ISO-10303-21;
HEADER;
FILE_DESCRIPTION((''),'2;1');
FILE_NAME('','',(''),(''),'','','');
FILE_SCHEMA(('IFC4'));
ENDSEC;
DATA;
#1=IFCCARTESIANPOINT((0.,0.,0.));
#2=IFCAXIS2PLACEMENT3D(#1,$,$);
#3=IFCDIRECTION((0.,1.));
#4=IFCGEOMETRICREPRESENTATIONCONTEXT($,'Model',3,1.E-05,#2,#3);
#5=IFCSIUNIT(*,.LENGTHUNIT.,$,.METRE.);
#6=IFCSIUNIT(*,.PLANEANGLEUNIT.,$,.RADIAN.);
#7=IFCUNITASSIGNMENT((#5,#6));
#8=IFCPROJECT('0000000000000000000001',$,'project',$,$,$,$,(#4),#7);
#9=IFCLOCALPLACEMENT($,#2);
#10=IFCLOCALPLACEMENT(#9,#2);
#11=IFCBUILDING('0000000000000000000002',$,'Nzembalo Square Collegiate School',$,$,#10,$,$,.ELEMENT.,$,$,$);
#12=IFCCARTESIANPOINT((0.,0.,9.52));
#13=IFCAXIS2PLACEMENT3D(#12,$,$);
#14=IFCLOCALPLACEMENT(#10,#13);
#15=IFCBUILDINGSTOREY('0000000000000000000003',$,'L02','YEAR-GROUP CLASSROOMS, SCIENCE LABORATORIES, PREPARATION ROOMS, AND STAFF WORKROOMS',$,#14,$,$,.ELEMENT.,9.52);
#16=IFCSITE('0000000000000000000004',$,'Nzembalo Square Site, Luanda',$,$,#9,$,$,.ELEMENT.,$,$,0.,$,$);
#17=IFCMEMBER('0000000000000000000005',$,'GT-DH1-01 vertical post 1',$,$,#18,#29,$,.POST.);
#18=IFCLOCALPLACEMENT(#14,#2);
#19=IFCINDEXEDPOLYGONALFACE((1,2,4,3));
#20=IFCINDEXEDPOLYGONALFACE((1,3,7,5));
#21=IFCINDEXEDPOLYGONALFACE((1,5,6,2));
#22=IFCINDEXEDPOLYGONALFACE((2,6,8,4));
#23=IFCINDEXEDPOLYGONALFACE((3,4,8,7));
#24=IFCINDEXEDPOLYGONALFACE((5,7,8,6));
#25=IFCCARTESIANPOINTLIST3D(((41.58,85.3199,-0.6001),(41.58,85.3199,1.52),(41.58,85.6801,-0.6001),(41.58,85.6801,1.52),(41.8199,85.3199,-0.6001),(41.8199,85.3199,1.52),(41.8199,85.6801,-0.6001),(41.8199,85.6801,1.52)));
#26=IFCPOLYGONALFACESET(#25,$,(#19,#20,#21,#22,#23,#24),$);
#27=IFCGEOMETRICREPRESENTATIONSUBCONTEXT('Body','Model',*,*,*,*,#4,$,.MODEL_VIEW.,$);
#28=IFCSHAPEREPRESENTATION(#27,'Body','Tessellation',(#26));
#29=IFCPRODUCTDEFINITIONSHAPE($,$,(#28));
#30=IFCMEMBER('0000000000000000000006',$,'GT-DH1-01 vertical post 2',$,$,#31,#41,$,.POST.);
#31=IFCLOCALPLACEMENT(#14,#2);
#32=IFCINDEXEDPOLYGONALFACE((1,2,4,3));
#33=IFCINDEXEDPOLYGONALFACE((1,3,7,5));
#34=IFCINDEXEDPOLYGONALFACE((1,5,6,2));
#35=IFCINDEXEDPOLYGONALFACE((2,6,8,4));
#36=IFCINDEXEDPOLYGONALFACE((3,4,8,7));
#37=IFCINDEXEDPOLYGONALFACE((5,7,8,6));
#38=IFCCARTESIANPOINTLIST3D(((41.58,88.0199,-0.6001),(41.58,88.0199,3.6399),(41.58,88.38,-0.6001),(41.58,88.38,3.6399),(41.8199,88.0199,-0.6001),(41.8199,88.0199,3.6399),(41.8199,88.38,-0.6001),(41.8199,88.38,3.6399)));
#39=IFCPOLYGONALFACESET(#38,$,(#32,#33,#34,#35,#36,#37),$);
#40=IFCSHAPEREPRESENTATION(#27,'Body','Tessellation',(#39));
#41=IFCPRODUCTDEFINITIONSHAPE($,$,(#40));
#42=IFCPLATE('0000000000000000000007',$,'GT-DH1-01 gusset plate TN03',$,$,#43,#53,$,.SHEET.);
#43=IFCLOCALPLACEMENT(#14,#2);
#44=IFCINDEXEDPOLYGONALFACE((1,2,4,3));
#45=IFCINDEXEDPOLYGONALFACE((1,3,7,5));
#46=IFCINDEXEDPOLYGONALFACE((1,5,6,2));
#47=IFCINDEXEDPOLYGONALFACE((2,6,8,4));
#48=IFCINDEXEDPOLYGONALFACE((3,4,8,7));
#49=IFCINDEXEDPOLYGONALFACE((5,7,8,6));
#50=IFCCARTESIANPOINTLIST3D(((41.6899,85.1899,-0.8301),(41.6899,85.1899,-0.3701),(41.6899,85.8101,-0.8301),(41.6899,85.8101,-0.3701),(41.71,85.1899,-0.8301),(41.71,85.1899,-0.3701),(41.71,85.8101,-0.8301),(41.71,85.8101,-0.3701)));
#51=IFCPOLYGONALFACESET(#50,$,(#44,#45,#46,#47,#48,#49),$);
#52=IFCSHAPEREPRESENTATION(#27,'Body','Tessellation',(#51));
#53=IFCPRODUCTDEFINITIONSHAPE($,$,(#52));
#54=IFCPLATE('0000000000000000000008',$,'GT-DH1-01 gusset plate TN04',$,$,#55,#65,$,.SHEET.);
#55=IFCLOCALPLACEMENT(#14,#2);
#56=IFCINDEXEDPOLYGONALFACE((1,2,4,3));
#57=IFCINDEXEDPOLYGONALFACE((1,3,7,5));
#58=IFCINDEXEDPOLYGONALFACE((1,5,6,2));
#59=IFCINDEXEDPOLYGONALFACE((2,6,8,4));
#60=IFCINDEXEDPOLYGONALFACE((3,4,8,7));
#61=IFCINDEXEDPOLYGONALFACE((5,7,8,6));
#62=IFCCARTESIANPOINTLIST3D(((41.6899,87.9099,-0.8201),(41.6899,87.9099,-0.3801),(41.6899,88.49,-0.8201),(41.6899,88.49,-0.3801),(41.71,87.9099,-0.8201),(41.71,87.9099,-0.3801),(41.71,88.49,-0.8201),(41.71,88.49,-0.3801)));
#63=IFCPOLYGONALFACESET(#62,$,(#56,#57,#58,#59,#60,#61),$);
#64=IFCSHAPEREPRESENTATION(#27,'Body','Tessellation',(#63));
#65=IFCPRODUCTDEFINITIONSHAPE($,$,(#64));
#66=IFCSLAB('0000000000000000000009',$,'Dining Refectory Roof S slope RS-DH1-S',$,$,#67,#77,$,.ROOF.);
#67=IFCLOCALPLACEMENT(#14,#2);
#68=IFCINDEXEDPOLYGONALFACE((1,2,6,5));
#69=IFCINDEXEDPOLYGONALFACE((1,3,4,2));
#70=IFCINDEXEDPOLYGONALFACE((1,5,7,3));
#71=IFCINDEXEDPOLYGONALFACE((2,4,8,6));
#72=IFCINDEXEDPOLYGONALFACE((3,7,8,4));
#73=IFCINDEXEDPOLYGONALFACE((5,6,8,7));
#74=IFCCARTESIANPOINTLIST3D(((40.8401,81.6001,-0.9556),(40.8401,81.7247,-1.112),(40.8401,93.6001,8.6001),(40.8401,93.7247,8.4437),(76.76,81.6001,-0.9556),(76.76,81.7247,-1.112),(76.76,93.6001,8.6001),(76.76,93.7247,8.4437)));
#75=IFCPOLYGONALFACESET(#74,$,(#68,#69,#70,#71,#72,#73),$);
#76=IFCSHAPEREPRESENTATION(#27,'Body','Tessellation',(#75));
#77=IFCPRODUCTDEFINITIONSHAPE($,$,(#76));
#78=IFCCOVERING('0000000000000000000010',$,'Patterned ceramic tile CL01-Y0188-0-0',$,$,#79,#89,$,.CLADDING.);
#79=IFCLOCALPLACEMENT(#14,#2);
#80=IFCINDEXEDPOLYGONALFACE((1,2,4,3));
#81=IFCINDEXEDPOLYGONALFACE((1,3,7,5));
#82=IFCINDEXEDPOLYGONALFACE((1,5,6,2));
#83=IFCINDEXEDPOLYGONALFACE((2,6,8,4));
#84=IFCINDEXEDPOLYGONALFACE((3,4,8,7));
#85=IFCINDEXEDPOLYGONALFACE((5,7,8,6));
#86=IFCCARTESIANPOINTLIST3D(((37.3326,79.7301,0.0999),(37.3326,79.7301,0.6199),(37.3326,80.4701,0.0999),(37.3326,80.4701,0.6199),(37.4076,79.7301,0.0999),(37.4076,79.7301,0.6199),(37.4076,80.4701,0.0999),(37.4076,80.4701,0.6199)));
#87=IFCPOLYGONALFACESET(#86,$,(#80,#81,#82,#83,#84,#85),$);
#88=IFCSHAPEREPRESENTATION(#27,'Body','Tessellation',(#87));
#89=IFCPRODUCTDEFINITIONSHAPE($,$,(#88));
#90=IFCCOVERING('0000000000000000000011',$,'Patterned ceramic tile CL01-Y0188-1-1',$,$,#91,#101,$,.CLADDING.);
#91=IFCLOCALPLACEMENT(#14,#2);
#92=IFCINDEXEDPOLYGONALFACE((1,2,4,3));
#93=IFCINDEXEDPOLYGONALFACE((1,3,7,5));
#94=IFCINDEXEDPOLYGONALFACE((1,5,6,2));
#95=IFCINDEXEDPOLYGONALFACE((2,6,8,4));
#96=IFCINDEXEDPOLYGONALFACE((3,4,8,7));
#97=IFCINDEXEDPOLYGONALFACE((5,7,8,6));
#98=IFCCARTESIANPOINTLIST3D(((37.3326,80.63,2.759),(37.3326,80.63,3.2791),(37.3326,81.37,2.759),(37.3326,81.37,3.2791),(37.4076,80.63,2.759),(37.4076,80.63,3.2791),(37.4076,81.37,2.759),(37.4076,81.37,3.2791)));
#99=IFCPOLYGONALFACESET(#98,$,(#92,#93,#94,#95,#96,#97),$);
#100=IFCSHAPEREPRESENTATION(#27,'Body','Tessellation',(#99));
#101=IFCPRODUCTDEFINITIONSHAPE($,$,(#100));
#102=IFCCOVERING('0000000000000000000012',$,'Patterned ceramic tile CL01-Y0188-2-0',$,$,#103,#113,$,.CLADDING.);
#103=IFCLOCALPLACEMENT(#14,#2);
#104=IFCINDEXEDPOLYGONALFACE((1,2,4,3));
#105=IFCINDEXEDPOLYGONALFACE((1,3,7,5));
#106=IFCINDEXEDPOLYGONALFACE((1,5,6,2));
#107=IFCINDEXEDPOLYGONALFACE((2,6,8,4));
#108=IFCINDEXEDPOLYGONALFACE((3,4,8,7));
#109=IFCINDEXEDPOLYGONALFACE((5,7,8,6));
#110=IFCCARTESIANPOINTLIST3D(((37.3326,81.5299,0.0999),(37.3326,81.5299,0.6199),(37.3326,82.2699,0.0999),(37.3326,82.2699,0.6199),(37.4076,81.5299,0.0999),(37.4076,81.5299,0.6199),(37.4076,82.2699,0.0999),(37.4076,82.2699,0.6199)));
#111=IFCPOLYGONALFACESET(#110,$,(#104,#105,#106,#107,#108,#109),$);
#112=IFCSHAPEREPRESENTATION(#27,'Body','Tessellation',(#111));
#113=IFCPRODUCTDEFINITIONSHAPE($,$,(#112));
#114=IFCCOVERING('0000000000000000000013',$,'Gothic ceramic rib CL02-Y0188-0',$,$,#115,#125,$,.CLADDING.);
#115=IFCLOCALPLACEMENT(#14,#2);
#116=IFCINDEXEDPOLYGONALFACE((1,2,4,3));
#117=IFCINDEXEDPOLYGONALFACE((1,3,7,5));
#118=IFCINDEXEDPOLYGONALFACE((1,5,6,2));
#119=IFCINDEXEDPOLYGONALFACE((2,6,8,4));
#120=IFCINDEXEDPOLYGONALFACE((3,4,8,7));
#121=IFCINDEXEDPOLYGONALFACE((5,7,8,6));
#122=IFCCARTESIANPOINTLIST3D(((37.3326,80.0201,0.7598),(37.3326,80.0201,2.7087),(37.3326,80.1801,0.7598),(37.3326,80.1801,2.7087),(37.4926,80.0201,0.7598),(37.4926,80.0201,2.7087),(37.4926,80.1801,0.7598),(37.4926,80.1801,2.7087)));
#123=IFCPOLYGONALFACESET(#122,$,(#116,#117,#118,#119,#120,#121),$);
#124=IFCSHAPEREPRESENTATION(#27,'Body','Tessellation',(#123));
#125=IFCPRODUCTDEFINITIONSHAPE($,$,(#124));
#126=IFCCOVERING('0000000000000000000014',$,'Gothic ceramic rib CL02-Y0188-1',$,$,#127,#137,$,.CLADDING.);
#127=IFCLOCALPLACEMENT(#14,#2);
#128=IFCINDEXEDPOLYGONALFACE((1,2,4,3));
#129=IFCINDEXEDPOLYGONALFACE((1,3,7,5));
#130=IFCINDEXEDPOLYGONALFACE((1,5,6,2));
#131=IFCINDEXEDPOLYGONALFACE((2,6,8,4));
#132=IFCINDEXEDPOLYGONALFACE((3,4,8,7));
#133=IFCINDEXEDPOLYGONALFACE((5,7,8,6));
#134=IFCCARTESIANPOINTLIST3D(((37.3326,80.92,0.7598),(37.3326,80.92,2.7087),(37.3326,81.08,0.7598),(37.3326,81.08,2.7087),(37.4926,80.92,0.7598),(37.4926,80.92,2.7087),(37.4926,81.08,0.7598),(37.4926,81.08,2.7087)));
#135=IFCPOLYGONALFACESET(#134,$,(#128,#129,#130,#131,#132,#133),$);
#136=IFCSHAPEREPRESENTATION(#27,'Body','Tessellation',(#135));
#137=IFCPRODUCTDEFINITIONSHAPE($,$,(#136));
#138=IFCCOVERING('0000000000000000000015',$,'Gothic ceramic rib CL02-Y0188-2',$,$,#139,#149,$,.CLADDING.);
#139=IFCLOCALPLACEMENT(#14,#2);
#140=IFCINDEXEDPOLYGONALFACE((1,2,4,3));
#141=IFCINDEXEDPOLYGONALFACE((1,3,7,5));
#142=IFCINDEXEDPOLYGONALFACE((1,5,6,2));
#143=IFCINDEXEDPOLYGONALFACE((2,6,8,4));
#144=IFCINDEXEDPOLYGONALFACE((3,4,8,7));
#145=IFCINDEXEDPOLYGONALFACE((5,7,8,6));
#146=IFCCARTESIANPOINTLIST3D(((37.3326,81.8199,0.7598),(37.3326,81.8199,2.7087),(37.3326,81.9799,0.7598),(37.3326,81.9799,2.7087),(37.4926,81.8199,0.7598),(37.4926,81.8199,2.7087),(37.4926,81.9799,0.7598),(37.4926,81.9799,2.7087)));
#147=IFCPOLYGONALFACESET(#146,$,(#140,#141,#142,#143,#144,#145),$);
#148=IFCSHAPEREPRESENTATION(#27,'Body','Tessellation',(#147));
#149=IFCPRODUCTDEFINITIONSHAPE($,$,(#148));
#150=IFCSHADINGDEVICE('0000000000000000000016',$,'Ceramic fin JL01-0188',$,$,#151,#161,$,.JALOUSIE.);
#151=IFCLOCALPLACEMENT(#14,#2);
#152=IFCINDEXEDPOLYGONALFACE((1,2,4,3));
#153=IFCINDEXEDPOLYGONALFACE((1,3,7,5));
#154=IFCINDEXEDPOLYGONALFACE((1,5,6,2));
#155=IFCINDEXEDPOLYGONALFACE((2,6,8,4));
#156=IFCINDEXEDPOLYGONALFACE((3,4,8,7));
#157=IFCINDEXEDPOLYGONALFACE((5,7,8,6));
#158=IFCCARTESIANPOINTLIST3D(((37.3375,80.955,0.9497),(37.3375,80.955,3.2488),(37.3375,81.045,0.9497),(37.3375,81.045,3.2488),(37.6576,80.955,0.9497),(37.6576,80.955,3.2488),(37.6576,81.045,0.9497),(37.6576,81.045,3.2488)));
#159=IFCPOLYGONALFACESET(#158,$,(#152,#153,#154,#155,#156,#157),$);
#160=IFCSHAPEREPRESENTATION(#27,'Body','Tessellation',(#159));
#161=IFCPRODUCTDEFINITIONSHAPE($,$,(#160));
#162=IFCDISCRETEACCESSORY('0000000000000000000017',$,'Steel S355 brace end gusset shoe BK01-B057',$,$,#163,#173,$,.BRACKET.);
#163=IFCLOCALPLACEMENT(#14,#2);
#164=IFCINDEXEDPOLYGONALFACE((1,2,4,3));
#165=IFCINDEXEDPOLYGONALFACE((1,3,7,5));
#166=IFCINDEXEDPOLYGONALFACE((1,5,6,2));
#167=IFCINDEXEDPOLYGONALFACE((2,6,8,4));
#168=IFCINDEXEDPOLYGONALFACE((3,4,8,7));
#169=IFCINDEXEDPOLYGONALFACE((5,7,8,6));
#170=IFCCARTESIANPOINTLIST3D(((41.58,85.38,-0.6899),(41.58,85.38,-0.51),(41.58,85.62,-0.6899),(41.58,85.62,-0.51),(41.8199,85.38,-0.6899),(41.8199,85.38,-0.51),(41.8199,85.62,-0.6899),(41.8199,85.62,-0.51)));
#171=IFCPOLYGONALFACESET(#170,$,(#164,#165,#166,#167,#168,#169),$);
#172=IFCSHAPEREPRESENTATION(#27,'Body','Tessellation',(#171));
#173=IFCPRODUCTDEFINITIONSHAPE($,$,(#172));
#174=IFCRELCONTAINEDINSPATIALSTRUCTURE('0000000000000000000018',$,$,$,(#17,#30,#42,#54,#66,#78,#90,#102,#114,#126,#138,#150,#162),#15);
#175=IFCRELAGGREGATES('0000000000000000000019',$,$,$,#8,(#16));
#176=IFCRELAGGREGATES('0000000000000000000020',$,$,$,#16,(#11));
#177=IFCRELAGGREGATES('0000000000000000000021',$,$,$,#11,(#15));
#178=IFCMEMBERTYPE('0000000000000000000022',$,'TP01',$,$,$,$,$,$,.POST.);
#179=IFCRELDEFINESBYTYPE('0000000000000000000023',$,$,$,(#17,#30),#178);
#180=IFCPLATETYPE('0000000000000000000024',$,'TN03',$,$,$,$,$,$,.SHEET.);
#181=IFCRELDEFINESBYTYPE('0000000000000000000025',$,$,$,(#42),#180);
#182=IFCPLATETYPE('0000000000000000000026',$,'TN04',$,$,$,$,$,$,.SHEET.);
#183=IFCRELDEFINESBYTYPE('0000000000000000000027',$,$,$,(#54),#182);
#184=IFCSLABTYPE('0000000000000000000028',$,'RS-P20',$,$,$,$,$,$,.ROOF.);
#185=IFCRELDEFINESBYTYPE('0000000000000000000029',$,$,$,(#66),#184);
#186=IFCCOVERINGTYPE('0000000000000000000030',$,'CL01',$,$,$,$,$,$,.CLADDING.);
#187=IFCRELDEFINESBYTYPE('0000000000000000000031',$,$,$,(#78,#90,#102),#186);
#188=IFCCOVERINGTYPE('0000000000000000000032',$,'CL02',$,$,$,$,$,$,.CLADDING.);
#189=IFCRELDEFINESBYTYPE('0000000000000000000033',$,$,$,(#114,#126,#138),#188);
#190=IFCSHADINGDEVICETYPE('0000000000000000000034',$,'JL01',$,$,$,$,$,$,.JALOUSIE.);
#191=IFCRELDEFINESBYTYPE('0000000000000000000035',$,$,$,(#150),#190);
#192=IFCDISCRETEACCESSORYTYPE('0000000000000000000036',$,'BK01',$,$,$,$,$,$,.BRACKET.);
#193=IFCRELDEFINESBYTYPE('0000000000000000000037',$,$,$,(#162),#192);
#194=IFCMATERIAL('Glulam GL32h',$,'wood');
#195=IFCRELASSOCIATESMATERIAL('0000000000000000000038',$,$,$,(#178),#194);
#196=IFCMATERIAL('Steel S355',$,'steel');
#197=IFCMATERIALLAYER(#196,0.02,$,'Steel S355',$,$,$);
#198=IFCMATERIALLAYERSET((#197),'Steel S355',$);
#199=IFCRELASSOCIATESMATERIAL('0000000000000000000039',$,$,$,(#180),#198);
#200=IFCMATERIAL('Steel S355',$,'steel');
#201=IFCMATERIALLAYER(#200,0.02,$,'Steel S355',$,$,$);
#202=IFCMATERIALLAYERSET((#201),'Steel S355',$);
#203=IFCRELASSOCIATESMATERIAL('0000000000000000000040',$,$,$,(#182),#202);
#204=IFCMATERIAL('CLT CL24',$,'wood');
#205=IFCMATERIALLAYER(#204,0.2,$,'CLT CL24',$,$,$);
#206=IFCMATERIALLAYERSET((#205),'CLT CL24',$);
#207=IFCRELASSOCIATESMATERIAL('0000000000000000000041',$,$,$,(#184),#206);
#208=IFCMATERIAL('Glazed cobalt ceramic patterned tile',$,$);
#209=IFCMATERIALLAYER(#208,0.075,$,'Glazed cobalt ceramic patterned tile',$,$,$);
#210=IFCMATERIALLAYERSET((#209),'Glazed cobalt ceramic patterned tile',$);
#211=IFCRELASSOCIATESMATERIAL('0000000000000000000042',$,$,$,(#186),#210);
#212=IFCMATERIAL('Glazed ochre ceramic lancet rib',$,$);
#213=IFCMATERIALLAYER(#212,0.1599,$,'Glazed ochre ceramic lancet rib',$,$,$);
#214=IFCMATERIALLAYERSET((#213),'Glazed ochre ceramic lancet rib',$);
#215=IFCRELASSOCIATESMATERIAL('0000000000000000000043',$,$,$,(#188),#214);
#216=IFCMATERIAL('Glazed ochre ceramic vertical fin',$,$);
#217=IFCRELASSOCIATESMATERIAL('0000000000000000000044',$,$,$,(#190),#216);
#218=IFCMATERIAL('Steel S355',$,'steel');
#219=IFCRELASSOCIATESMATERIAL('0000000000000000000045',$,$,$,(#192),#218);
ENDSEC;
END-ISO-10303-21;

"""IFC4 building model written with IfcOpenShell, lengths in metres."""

from ifc_helpers import new_model, si_unit, direction, frame, origin, origin_2d, place, context, subcontext, project, spatial, polyline, rectangle, outline, extrude, material, layer, layer_set, material_profile, profile_set, type_object, element, save


model = new_model("IFC4")

# Units and contexts
model_context = context("Model", 3, precision=1e-05, world=origin(), true_north=direction((0.0, 1.0)))
body_context = subcontext(model_context, "Body", "Model", "MODEL_VIEW")
ifc_project = project(units=[si_unit("LENGTHUNIT", "METRE"), si_unit("PLANEANGLEUNIT", "RADIAN")], contexts=[model_context])

# Site, building, storey
site_placement = place(None, origin())
site = spatial("IfcSite", under=ifc_project, at=site_placement, Name="Nzembalo Square Site, Luanda", CompositionType="ELEMENT", RefElevation=0.0)
building_placement = place(site_placement, origin())
building = spatial("IfcBuilding", under=site, at=building_placement, Name="Nzembalo Square Collegiate School", CompositionType="ELEMENT")
storey_placement = place(building_placement, frame((0.0, 0.0, 9.52)))
storey = spatial("IfcBuildingStorey", under=building, at=storey_placement, Name="L02", Description="YEAR-GROUP CLASSROOMS, SCIENCE LABORATORIES, PREPARATION ROOMS, AND STAFF WORKROOMS", CompositionType="ELEMENT", Elevation=9.52)

# Members
ifc_material_1 = material(Name="Glulam GL32h", Category="wood")
ifc_material_profile_1 = material_profile(ifc_material_1, rectangle(XDim=0.24, YDim=0.3601, at=origin_2d()), Name="GL32h 240x360")
ifc_profile_set_1 = profile_set([ifc_material_profile_1], Name="Glulam GL32h")
member_type_1 = type_object("IfcMemberType", Name="TP01", PredefinedType="POST", material=ifc_profile_set_1)
member_1_placement = place(storey_placement, frame((41.7, 85.5, -0.6001), z_axis=(0.0, 0.0, 1.0), x_axis=(1.0, 0.0, 0.0)))
element("IfcMember", 1, at=member_1_placement, inside=storey, type_object=member_type_1, Name="GT-DH1-01 vertical post 1", PredefinedType="POST", context=body_context, shape_type="SweptSolid", body=[
    extrude(rectangle(XDim=0.24, YDim=0.3601, at=origin_2d()), origin(), (0.0, 0.0, 1.0), 2.1201),
])
member_2_placement = place(storey_placement, frame((41.7, 88.2, -0.6001), z_axis=(0.0, 0.0, 1.0), x_axis=(1.0, 0.0, 0.0)))
element("IfcMember", 2, at=member_2_placement, inside=storey, type_object=member_type_1, Name="GT-DH1-01 vertical post 2", PredefinedType="POST", context=body_context, shape_type="SweptSolid", body=[
    extrude(rectangle(XDim=0.24, YDim=0.3601, at=origin_2d()), origin(), (0.0, 0.0, 1.0), 4.24),
])

# Plates
ifc_material_2 = material(Name="Steel S355", Category="steel")
ifc_layer_1 = layer(ifc_material_2, 0.02, Name="Steel S355")
ifc_layer_set_1 = layer_set([ifc_layer_1], Name="Steel S355")
plate_type_1 = type_object("IfcPlateType", Name="TN03", PredefinedType="SHEET", material=ifc_layer_set_1)
plate_1_placement = place(storey_placement, frame((41.7, 85.5, -0.8301), z_axis=(0.0, 0.0, 1.0), x_axis=(0.0, 1.0, 0.0)))
element("IfcPlate", 3, at=plate_1_placement, inside=storey, type_object=plate_type_1, Name="GT-DH1-01 gusset plate TN03", PredefinedType="SHEET", context=body_context, shape_type="SweptSolid", body=[
    extrude(rectangle(XDim=0.6201, YDim=0.02, at=origin_2d()), origin(), (0.0, 0.0, 1.0), 0.46),
])
ifc_material_3 = material(Name="Steel S355", Category="steel")
ifc_layer_2 = layer(ifc_material_3, 0.02, Name="Steel S355")
ifc_layer_set_2 = layer_set([ifc_layer_2], Name="Steel S355")
plate_type_2 = type_object("IfcPlateType", Name="TN04", PredefinedType="SHEET", material=ifc_layer_set_2)
plate_2_placement = place(storey_placement, frame((41.7, 88.2, -0.8201), z_axis=(0.0, 0.0, 1.0), x_axis=(0.0, 1.0, 0.0)))
element("IfcPlate", 4, at=plate_2_placement, inside=storey, type_object=plate_type_2, Name="GT-DH1-01 gusset plate TN04", PredefinedType="SHEET", context=body_context, shape_type="SweptSolid", body=[
    extrude(rectangle(XDim=0.5801, YDim=0.02, at=origin_2d()), origin(), (0.0, 0.0, 1.0), 0.4399),
])

# Slab
ifc_material_4 = material(Name="CLT CL24", Category="wood")
ifc_layer_3 = layer(ifc_material_4, 0.2, Name="CLT CL24")
ifc_layer_set_3 = layer_set([ifc_layer_3], Name="CLT CL24")
slab_type = type_object("IfcSlabType", Name="RS-P20", PredefinedType="ROOF", material=ifc_layer_set_3)
slab_placement = place(storey_placement, frame((40.8401, 81.6001, -0.9556), z_axis=(0.0, -0.622931, 0.782277), x_axis=(1.0, 0.0, 0.0)))
element("IfcSlab", 5, at=slab_placement, inside=storey, type_object=slab_type, Name="Dining Refectory Roof S slope RS-DH1-S", PredefinedType="ROOF", context=body_context, shape_type="SweptSolid", body=[
    extrude(outline(polyline([(0.0, 0.0), (35.9199, 0.0), (35.9199, 15.3398), (0.0, 15.3398), (0.0, 0.0)])), origin(), (0.0, 0.0, -1.0), 0.2),
])

# Coverings
ifc_material_5 = material(Name="Glazed cobalt ceramic patterned tile")
ifc_layer_4 = layer(ifc_material_5, 0.075, Name="Glazed cobalt ceramic patterned tile")
ifc_layer_set_4 = layer_set([ifc_layer_4], Name="Glazed cobalt ceramic patterned tile")
covering_type_1 = type_object("IfcCoveringType", Name="CL01", PredefinedType="CLADDING", material=ifc_layer_set_4)
for number, where, z_axis, x_axis, name in (
    (6, (37.3701, 80.1001, 0.0999), (0.0, 0.0, 1.0), (1.0, 0.0, 0.0), "Patterned ceramic tile CL01-Y0188-0-0"),
    (7, (37.3701, 81.0, 2.759), (0.0, 0.0, 1.0), (1.0, 0.0, 0.0), "Patterned ceramic tile CL01-Y0188-1-1"),
    (8, (37.3701, 81.8999, 0.0999), (0.0, 0.0, 1.0), (1.0, 0.0, 0.0), "Patterned ceramic tile CL01-Y0188-2-0"),
):
    element("IfcCovering", number, at=place(storey_placement, frame(where, z_axis=z_axis, x_axis=x_axis)), inside=storey, type_object=covering_type_1, Name=name, PredefinedType="CLADDING", context=body_context, shape_type="SweptSolid", body=[
        extrude(rectangle(XDim=0.075, YDim=0.74, at=origin_2d()), origin(), (0.0, 0.0, 1.0), 0.52),
    ])
ifc_material_6 = material(Name="Glazed ochre ceramic lancet rib")
ifc_layer_5 = layer(ifc_material_6, 0.1599, Name="Glazed ochre ceramic lancet rib")
ifc_layer_set_5 = layer_set([ifc_layer_5], Name="Glazed ochre ceramic lancet rib")
covering_type_2 = type_object("IfcCoveringType", Name="CL02", PredefinedType="CLADDING", material=ifc_layer_set_5)
for number, where, z_axis, x_axis, name in (
    (9, (37.4126, 80.1001, 0.7598), (0.0, 0.0, 1.0), (1.0, 0.0, 0.0), "Gothic ceramic rib CL02-Y0188-0"),
    (10, (37.4126, 81.0, 0.7598), (0.0, 0.0, 1.0), (1.0, 0.0, 0.0), "Gothic ceramic rib CL02-Y0188-1"),
    (11, (37.4126, 81.8999, 0.7598), (0.0, 0.0, 1.0), (1.0, 0.0, 0.0), "Gothic ceramic rib CL02-Y0188-2"),
):
    element("IfcCovering", number, at=place(storey_placement, frame(where, z_axis=z_axis, x_axis=x_axis)), inside=storey, type_object=covering_type_2, Name=name, PredefinedType="CLADDING", context=body_context, shape_type="SweptSolid", body=[
        extrude(rectangle(XDim=0.1599, YDim=0.1599, at=origin_2d()), origin(), (0.0, 0.0, 1.0), 1.949),
    ])

# Shading device
ifc_material_7 = material(Name="Glazed ochre ceramic vertical fin")
shading_device_type = type_object("IfcShadingDeviceType", Name="JL01", PredefinedType="JALOUSIE", material=ifc_material_7)
shading_device_placement = place(storey_placement, frame((37.4976, 81.0, 0.9497), z_axis=(0.0, 0.0, 1.0), x_axis=(1.0, 0.0, 0.0)))
element("IfcShadingDevice", 12, at=shading_device_placement, inside=storey, type_object=shading_device_type, Name="Ceramic fin JL01-0188", PredefinedType="JALOUSIE", context=body_context, shape_type="SweptSolid", body=[
    extrude(rectangle(XDim=0.3201, YDim=0.0901, at=origin_2d()), origin(), (0.0, 0.0, 1.0), 2.2991),
])

# Discrete accessory
ifc_material_8 = material(Name="Steel S355", Category="steel")
discrete_accessory_type = type_object("IfcDiscreteAccessoryType", Name="BK01", PredefinedType="BRACKET", material=ifc_material_8)
discrete_accessory_placement = place(storey_placement, frame((41.7, 85.5, -0.6899), z_axis=(0.0, 0.0, 1.0), x_axis=(1.0, 0.0, 0.0)))
element("IfcDiscreteAccessory", 13, at=discrete_accessory_placement, inside=storey, type_object=discrete_accessory_type, Name="Steel S355 brace end gusset shoe BK01-B057", PredefinedType="BRACKET", context=body_context, shape_type="SweptSolid", body=[
    extrude(rectangle(XDim=0.24, YDim=0.24, at=origin_2d()), origin(), (0.0, 0.0, 1.0), 0.1799),
])

save(model, "model.ifc")
